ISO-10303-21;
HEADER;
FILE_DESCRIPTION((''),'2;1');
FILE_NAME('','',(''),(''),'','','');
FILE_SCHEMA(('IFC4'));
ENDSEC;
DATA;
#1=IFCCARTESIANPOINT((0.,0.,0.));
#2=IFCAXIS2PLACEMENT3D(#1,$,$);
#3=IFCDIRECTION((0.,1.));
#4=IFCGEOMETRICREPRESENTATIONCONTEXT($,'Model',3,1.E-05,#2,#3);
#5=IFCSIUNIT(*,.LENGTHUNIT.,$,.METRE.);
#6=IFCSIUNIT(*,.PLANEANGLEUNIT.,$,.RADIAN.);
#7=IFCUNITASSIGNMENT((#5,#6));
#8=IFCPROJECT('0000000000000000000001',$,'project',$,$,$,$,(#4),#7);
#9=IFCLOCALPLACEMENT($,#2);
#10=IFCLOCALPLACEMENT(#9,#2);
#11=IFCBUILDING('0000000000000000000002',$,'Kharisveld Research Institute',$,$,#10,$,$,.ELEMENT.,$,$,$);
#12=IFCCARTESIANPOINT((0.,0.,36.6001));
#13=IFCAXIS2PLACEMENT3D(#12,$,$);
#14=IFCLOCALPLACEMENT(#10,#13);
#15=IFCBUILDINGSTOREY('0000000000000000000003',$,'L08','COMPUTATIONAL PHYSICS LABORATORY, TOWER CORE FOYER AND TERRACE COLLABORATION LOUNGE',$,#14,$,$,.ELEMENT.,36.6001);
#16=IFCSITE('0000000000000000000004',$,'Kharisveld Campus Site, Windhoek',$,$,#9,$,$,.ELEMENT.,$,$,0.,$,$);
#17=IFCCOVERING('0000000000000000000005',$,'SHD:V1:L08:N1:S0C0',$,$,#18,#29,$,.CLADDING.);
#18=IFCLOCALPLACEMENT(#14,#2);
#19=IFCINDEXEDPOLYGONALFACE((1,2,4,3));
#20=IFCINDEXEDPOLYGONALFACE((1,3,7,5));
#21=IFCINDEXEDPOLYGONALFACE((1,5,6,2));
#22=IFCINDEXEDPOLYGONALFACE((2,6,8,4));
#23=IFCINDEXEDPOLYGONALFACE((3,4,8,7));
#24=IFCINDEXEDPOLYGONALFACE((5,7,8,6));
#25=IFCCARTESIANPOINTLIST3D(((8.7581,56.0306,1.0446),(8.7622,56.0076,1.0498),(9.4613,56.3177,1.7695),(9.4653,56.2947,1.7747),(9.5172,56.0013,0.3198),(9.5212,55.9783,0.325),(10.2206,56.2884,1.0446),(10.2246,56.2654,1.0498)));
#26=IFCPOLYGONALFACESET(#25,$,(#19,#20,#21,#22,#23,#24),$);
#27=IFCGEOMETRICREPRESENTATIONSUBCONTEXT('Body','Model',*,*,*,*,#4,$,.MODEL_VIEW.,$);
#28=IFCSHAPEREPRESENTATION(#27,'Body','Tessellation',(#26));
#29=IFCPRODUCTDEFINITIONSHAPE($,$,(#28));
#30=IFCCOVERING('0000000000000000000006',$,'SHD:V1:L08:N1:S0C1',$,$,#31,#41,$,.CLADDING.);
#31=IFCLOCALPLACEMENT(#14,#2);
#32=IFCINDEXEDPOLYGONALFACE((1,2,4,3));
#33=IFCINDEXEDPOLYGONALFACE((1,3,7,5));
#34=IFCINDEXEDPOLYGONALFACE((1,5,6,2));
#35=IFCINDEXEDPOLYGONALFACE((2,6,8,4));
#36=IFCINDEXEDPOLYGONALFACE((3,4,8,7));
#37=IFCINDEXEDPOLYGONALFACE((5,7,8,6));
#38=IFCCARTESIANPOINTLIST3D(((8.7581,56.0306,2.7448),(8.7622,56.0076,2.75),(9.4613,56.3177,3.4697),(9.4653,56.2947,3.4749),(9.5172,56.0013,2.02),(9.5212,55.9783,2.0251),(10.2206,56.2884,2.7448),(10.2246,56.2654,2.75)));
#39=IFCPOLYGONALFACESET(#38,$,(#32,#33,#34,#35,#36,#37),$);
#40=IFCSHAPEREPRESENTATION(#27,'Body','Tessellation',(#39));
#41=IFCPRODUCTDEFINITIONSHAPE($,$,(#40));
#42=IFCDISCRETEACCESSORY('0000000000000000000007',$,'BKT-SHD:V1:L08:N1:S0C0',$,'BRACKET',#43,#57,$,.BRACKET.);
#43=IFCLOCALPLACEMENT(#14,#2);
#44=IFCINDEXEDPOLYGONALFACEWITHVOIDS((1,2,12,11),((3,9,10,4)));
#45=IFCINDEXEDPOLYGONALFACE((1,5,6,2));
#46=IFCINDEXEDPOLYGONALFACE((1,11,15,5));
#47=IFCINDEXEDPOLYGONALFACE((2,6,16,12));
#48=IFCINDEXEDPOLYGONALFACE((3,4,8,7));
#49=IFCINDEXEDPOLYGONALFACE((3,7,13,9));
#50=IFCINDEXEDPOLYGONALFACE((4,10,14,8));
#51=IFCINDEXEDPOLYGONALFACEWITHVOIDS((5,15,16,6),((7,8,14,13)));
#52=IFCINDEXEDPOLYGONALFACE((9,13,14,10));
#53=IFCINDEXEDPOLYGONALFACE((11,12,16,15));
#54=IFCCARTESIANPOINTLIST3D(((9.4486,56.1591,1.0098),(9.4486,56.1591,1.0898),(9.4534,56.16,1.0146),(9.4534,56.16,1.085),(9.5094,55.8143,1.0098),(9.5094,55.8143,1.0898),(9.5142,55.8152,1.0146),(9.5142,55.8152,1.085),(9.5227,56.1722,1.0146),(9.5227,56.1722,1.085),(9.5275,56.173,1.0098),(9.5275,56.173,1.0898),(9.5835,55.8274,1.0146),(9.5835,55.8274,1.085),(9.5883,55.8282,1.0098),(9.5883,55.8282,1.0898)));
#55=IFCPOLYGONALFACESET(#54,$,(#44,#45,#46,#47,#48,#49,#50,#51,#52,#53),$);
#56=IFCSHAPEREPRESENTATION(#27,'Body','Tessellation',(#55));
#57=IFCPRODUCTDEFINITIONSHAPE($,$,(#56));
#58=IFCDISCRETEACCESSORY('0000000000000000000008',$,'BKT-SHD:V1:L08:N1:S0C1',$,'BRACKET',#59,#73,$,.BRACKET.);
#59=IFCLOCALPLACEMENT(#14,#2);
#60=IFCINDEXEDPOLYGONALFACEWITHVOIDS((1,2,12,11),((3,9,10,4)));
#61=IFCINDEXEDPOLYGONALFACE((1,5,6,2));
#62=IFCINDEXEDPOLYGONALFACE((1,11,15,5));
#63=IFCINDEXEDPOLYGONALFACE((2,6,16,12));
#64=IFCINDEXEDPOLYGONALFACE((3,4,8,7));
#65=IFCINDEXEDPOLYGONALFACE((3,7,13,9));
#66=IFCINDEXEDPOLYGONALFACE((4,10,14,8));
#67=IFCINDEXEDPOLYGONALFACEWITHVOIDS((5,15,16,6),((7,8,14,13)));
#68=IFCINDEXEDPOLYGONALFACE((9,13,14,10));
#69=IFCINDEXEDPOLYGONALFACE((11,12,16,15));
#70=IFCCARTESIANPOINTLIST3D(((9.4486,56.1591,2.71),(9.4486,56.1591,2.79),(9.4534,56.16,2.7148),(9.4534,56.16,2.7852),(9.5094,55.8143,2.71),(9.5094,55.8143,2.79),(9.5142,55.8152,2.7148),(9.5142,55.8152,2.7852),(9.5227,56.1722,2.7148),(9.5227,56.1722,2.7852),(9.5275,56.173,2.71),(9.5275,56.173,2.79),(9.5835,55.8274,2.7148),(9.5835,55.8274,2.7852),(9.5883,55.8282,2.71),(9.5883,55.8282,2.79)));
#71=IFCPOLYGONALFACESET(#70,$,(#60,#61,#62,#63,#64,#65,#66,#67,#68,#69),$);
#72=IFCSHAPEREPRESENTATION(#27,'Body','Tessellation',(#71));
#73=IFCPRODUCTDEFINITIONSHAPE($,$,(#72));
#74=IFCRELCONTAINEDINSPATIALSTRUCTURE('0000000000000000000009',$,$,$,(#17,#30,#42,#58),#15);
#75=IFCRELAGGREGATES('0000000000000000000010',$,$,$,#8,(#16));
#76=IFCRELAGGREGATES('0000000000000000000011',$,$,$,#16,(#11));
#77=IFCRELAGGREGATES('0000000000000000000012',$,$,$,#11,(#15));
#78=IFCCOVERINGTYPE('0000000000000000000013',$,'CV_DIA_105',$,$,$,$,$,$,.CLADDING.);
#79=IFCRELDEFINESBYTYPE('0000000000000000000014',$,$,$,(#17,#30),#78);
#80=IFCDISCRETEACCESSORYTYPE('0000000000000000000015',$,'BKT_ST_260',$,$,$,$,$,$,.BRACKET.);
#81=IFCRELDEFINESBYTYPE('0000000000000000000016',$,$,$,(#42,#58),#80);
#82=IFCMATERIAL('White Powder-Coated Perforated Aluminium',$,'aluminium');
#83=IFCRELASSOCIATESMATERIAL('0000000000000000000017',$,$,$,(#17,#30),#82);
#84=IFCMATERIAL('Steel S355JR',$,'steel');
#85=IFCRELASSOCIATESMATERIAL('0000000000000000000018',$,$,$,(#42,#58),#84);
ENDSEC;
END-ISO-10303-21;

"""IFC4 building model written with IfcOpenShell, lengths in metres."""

from ifc_helpers import new_model, si_unit, direction, frame, origin, origin_2d, place, context, subcontext, project, spatial, polyline, hollow_rectangle, outline, extrude, material, type_object, element, save


model = new_model("IFC4")

# Units and contexts
model_context = context("Model", 3, precision=1e-05, world=origin(), true_north=direction((0.0, 1.0)))
body_context = subcontext(model_context, "Body", "Model", "MODEL_VIEW")
ifc_project = project(units=[si_unit("LENGTHUNIT", "METRE"), si_unit("PLANEANGLEUNIT", "RADIAN")], contexts=[model_context])

# Site, building, storey
site_placement = place(None, origin())
site = spatial("IfcSite", under=ifc_project, at=site_placement, Name="Kharisveld Campus Site, Windhoek", CompositionType="ELEMENT", RefElevation=0.0)
building_placement = place(site_placement, origin())
building = spatial("IfcBuilding", under=site, at=building_placement, Name="Kharisveld Research Institute", CompositionType="ELEMENT")
storey_placement = place(building_placement, frame((0.0, 0.0, 36.6001)))
storey = spatial("IfcBuildingStorey", under=building, at=storey_placement, Name="L08", Description="COMPUTATIONAL PHYSICS LABORATORY, TOWER CORE FOYER AND TERRACE COLLABORATION LOUNGE", CompositionType="ELEMENT", Elevation=36.6001)

# Coverings
ifc_material_1 = material(Name="White Powder-Coated Perforated Aluminium", Category="aluminium")
covering_type = type_object("IfcCoveringType", Name="CV_DIA_105", PredefinedType="CLADDING")
for number, where, z_axis, x_axis, name in (
    (1, (9.5212, 55.9783, 0.325), (0.169503, -0.961481, 0.216385), (0.66985, 0.273447, 0.69031), "SHD:V1:L08:N1:S0C0"),
    (2, (9.5212, 55.9783, 2.0251), (0.169503, -0.961481, 0.216385), (0.66985, 0.273447, 0.69031), "SHD:V1:L08:N1:S0C1"),
):
    element("IfcCovering", number, at=place(storey_placement, frame(where, z_axis=z_axis, x_axis=x_axis)), inside=storey, type_object=covering_type, material=ifc_material_1, Name=name, PredefinedType="CLADDING", context=body_context, shape_type="SweptSolid", body=[
        extrude(outline(polyline([(0.0, 0.0), (1.05, 0.0), (1.0498, 1.0501), (-0.0001, 1.05), (0.0, 0.0)])), origin(), (0.0, 0.0, -1.0), 0.0239),
    ])

# Discrete accessories
ifc_material_2 = material(Name="Steel S355JR", Category="steel")
discrete_accessory_type = type_object("IfcDiscreteAccessoryType", Name="BKT_ST_260", PredefinedType="BRACKET")
for number, where, z_axis, x_axis, name in (
    (3, (9.5488, 55.8213, 1.0498), (-0.173666, 0.984805, 0.0), (-0.984805, -0.173666, 0.0), "BKT-SHD:V1:L08:N1:S0C0"),
    (4, (9.5488, 55.8213, 2.75), (-0.173666, 0.984805, 0.0), (-0.984805, -0.173666, 0.0), "BKT-SHD:V1:L08:N1:S0C1"),
):
    element("IfcDiscreteAccessory", number, at=place(storey_placement, frame(where, z_axis=z_axis, x_axis=x_axis)), inside=storey, type_object=discrete_accessory_type, material=ifc_material_2, Name=name, ObjectType="BRACKET", PredefinedType="BRACKET", context=body_context, shape_type="SweptSolid", body=[
        extrude(hollow_rectangle(XDim=0.0801, YDim=0.0801, WallThickness=0.0049, at=origin_2d()), origin(), (0.0, 0.0, 1.0), 0.3501),
    ])

save(model, "model.ifc")
